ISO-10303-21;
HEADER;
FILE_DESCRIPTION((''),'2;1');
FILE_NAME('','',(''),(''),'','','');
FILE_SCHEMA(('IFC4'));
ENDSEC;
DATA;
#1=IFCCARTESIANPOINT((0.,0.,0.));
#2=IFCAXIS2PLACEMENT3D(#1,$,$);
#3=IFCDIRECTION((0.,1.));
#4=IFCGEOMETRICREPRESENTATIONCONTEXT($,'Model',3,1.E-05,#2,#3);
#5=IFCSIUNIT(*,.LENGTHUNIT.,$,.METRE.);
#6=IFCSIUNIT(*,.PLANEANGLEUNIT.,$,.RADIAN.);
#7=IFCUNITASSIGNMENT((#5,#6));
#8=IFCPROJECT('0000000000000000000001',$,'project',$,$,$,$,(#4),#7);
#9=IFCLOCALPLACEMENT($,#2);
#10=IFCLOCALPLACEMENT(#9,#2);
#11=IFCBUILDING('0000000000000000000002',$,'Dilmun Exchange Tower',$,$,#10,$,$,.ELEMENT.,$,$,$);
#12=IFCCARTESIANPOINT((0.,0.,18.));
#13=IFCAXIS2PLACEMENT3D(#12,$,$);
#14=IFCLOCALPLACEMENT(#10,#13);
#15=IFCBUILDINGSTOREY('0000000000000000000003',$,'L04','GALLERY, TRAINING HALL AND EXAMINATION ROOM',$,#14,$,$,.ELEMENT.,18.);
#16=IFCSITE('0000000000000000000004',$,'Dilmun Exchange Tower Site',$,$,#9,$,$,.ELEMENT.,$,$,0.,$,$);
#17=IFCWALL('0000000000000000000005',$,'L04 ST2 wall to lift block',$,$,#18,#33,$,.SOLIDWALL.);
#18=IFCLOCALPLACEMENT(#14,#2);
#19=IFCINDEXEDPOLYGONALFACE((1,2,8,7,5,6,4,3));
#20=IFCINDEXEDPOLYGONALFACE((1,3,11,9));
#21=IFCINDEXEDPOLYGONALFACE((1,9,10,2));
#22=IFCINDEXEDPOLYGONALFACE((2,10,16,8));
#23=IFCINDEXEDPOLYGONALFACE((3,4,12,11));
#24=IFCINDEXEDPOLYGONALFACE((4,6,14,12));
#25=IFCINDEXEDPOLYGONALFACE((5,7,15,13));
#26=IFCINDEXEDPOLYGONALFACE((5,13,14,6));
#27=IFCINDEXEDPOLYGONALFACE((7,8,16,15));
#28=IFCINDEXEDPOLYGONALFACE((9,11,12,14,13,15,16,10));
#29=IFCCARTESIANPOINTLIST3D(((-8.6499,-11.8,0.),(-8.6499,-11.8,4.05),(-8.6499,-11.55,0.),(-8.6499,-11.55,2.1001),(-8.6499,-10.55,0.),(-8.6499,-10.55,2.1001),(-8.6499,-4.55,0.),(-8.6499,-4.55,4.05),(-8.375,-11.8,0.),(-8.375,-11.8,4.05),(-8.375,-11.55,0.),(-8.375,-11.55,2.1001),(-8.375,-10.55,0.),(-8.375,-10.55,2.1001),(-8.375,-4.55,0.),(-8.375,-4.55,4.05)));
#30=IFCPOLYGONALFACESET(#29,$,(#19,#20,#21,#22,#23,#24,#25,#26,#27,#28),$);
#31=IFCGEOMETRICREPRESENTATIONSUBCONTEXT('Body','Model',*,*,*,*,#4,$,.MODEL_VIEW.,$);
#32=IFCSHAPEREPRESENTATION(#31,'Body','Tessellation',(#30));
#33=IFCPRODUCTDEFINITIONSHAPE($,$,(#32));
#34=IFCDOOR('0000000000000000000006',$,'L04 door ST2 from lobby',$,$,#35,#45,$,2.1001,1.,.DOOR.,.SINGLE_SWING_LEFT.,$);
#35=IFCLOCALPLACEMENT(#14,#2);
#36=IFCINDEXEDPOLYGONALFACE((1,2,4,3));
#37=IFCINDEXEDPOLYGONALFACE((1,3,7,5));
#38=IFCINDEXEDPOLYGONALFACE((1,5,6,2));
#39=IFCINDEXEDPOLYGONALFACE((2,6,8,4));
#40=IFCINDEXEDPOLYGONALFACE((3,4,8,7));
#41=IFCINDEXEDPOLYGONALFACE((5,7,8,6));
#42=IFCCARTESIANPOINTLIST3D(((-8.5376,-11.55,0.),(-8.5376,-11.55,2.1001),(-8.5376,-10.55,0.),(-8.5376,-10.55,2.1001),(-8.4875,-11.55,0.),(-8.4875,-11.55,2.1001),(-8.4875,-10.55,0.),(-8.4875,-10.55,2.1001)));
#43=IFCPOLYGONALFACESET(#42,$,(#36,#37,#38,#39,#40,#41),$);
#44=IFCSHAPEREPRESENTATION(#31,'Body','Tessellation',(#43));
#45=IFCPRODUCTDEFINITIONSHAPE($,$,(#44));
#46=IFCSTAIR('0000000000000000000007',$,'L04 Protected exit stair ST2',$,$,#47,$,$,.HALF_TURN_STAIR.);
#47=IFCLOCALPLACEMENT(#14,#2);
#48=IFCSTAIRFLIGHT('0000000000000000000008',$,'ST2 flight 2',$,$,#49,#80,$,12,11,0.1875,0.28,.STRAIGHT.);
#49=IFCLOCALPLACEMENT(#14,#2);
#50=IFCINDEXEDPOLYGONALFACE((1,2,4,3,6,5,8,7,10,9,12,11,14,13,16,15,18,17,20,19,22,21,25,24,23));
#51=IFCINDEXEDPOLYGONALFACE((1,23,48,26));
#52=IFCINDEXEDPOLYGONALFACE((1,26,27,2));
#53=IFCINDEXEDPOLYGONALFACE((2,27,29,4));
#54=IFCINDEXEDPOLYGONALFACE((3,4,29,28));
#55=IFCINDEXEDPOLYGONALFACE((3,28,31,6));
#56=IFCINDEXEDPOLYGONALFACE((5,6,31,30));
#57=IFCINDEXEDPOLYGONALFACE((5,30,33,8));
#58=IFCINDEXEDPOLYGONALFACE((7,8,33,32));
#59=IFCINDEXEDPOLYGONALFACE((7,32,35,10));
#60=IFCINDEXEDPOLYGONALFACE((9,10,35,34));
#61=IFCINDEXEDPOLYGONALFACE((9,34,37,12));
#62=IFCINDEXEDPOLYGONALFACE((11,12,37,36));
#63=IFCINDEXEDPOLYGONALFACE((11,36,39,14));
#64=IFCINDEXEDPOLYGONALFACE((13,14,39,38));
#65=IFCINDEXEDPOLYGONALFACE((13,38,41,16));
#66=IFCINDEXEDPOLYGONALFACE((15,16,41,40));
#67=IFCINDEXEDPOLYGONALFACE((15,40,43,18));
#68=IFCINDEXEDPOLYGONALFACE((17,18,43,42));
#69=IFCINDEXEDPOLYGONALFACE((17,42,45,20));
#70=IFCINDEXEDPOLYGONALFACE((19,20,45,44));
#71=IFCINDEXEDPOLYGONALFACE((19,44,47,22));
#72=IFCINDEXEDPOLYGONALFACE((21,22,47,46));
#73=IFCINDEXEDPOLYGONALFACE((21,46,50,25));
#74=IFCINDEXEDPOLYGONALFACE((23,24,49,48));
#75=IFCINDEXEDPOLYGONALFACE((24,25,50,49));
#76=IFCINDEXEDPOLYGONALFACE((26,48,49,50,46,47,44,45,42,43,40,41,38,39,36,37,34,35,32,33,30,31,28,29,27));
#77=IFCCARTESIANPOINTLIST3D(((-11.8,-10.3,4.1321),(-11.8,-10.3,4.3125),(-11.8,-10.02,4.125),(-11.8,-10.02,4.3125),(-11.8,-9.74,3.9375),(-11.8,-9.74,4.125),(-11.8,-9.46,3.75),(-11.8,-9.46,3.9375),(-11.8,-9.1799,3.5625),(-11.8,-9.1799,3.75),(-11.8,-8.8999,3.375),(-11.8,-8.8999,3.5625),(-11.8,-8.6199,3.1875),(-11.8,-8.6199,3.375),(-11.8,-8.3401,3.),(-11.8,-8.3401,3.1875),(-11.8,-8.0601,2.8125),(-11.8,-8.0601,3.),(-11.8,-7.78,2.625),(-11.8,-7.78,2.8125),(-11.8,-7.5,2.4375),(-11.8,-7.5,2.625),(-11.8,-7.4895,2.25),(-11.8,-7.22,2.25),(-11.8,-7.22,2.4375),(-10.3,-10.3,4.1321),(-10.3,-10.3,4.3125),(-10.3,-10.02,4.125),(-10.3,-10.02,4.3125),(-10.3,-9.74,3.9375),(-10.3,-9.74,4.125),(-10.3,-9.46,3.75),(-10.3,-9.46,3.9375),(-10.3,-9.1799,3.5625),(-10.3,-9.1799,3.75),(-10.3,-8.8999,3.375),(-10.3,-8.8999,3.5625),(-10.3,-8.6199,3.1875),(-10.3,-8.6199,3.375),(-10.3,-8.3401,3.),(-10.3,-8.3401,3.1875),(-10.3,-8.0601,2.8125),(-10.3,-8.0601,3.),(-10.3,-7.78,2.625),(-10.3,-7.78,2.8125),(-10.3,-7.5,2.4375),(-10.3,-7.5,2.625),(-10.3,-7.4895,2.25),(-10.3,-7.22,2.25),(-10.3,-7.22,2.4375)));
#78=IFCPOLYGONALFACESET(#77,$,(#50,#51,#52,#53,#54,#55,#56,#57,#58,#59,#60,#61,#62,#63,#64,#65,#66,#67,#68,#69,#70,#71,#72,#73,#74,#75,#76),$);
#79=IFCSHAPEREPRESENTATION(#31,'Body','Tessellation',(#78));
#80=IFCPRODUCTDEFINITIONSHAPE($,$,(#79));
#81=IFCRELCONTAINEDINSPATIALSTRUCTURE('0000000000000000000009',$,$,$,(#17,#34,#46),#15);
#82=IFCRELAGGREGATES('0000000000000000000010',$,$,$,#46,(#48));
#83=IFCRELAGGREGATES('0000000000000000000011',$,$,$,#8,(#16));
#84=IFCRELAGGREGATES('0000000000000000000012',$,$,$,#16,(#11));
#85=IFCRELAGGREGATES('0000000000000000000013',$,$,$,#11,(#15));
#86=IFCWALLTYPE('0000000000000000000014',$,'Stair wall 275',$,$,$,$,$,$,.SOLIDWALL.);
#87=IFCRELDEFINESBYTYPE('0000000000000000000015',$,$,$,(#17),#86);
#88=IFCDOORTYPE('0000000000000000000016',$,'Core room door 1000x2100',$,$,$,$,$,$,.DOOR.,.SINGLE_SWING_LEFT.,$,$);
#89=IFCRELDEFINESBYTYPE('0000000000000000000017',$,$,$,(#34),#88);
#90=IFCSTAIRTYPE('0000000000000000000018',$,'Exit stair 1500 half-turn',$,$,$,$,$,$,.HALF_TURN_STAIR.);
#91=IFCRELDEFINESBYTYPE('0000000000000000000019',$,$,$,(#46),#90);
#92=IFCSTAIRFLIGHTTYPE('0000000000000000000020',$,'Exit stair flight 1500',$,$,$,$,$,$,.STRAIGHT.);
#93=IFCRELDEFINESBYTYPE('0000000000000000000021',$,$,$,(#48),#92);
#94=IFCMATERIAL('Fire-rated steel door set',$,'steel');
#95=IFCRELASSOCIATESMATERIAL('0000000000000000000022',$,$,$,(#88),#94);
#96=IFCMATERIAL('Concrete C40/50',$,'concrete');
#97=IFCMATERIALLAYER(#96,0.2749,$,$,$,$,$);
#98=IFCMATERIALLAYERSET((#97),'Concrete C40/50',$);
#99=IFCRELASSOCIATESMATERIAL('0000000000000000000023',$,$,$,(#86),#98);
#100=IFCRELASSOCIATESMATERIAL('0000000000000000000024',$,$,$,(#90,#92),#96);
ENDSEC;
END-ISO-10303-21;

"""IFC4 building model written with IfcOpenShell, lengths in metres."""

from ifc_helpers import new_model, si_unit, direction, frame, frame_2d, origin, place, context, subcontext, project, spatial, polyline, rectangle, outline, extrude, material, layer, layer_set, type_object, element, fill, aggregate, save


model = new_model("IFC4")

# Units and contexts
model_context = context("Model", 3, precision=1e-05, world=origin(), true_north=direction((0.0, 1.0)))
body_context = subcontext(model_context, "Body", "Model", "MODEL_VIEW")
ifc_project = project(units=[si_unit("LENGTHUNIT", "METRE"), si_unit("PLANEANGLEUNIT", "RADIAN")], contexts=[model_context])

# Site, building, storey
site_placement = place(None, origin())
site = spatial("IfcSite", under=ifc_project, at=site_placement, Name="Dilmun Exchange Tower Site", CompositionType="ELEMENT", RefElevation=0.0)
building_placement = place(site_placement, origin())
building = spatial("IfcBuilding", under=site, at=building_placement, Name="Dilmun Exchange Tower", CompositionType="ELEMENT")
storey_placement = place(building_placement, frame((0.0, 0.0, 18.0)))
storey = spatial("IfcBuildingStorey", under=building, at=storey_placement, Name="L04", Description="GALLERY, TRAINING HALL AND EXAMINATION ROOM", CompositionType="ELEMENT", Elevation=18.0)

# Shared definitions
ifc_material_1 = material(Name="Concrete C40/50", Category="concrete")

# Shared definitions
ifc_material_2 = material(Name="Fire-rated steel door set", Category="steel")
door_type_1 = type_object("IfcDoorType", Name="Core room door 1000x2100", OperationType="SINGLE_SWING_LEFT", PredefinedType="DOOR", material=ifc_material_2)

# Wall, opening, door
ifc_layer_1 = layer(ifc_material_1, 0.2749)
ifc_layer_set_1 = layer_set([ifc_layer_1], Name="Concrete C40/50")
wall_type_1 = type_object("IfcWallType", Name="Stair wall 275", PredefinedType="SOLIDWALL", material=ifc_layer_set_1)
wall_1_placement = place(storey_placement, frame((-8.5125, -4.55, 0.0), z_axis=(0.0, 0.0, 1.0), x_axis=(0.0, -1.0, 0.0)))
wall_1 = element("IfcWall", 1, at=wall_1_placement, inside=storey, type_object=wall_type_1, Name="L04 ST2 wall to lift block", PredefinedType="SOLIDWALL", context=body_context, shape_type="SweptSolid", body=[
    extrude(rectangle(XDim=7.25, YDim=0.2749, at=frame_2d((3.625, 0.0))), origin(), (0.0, 0.0, 1.0), 4.05),
])
opening_1_placement = place(wall_1_placement, frame((6.0, 0.0, 0.0)))
opening_1 = element("IfcOpeningElement", 2, at=opening_1_placement, cuts=wall_1, PredefinedType="OPENING", context=body_context, shape_type="SweptSolid", body=[
    extrude(rectangle(XDim=1.0, YDim=2.1001, at=frame_2d((0.5, 1.05))), frame((0.0, 0.1475, 0.0), z_axis=(0.0, -1.0, 0.0), x_axis=(1.0, 0.0, 0.0)), (0.0, 0.0, 1.0), 0.2949),
])
door_1_placement = place(opening_1_placement, origin())
door_1 = element("IfcDoor", 3, at=door_1_placement, inside=storey, type_object=door_type_1, Name="L04 door ST2 from lobby", OperationType="SINGLE_SWING_LEFT", OverallHeight=2.1001, OverallWidth=1.0, PredefinedType="DOOR", context=body_context, shape_type="SweptSolid", body=[
    extrude(rectangle(XDim=1.0, YDim=2.1001, at=frame_2d((0.5, 1.05))), frame((0.0, 0.0249, 0.0), z_axis=(0.0, -1.0, 0.0), x_axis=(1.0, 0.0, 0.0)), (0.0, 0.0, 1.0), 0.05),
])
fill(opening_1, door_1)

# Stair, stair flight
stair_type = type_object("IfcStairType", Name="Exit stair 1500 half-turn", PredefinedType="HALF_TURN_STAIR", material=ifc_material_1)
stair_placement = place(storey_placement, origin())
stair = element("IfcStair", 4, at=stair_placement, inside=storey, type_object=stair_type, Name="L04 Protected exit stair ST2", PredefinedType="HALF_TURN_STAIR")
stair_flight_type = type_object("IfcStairFlightType", Name="Exit stair flight 1500", PredefinedType="STRAIGHT", material=ifc_material_1)
stair_flight_placement = place(storey_placement, frame((-11.05, -7.22, 2.25), z_axis=(0.0, 0.0, 1.0), x_axis=(0.0, -1.0, 0.0)))
stair_flight = element("IfcStairFlight", 5, at=stair_flight_placement, type_object=stair_flight_type, Name="ST2 flight 2", NumberOfRisers=12, NumberOfTreads=11, PredefinedType="STRAIGHT", RiserHeight=0.1875, TreadLength=0.28, context=body_context, shape_type="SweptSolid", body=[
    extrude(outline(polyline([(0.0, 0.0), (0.0, 0.1875), (0.28, 0.1875), (0.28, 0.375), (0.5601, 0.375), (0.5601, 0.5625), (0.8401, 0.5625), (0.8401, 0.75), (1.1201, 0.75), (1.1201, 0.9375), (1.3999, 0.9375), (1.3999, 1.125), (1.6799, 1.125), (1.6799, 1.3125), (1.96, 1.3125), (1.96, 1.5), (2.24, 1.5), (2.24, 1.6875), (2.52, 1.6875), (2.52, 1.875), (2.8, 1.875), (2.8, 2.0625), (3.0801, 2.0625), (3.0801, 2.25), (3.0801, 1.8821), (0.2695, 0.0), (0.0, 0.0)])), frame((0.0, 0.75, 0.0), z_axis=(0.0, -1.0, 0.0), x_axis=(1.0, 0.0, 0.0)), (0.0, 0.0, 1.0), 1.5),
])
aggregate(stair, [stair_flight])

save(model, "model.ifc")
